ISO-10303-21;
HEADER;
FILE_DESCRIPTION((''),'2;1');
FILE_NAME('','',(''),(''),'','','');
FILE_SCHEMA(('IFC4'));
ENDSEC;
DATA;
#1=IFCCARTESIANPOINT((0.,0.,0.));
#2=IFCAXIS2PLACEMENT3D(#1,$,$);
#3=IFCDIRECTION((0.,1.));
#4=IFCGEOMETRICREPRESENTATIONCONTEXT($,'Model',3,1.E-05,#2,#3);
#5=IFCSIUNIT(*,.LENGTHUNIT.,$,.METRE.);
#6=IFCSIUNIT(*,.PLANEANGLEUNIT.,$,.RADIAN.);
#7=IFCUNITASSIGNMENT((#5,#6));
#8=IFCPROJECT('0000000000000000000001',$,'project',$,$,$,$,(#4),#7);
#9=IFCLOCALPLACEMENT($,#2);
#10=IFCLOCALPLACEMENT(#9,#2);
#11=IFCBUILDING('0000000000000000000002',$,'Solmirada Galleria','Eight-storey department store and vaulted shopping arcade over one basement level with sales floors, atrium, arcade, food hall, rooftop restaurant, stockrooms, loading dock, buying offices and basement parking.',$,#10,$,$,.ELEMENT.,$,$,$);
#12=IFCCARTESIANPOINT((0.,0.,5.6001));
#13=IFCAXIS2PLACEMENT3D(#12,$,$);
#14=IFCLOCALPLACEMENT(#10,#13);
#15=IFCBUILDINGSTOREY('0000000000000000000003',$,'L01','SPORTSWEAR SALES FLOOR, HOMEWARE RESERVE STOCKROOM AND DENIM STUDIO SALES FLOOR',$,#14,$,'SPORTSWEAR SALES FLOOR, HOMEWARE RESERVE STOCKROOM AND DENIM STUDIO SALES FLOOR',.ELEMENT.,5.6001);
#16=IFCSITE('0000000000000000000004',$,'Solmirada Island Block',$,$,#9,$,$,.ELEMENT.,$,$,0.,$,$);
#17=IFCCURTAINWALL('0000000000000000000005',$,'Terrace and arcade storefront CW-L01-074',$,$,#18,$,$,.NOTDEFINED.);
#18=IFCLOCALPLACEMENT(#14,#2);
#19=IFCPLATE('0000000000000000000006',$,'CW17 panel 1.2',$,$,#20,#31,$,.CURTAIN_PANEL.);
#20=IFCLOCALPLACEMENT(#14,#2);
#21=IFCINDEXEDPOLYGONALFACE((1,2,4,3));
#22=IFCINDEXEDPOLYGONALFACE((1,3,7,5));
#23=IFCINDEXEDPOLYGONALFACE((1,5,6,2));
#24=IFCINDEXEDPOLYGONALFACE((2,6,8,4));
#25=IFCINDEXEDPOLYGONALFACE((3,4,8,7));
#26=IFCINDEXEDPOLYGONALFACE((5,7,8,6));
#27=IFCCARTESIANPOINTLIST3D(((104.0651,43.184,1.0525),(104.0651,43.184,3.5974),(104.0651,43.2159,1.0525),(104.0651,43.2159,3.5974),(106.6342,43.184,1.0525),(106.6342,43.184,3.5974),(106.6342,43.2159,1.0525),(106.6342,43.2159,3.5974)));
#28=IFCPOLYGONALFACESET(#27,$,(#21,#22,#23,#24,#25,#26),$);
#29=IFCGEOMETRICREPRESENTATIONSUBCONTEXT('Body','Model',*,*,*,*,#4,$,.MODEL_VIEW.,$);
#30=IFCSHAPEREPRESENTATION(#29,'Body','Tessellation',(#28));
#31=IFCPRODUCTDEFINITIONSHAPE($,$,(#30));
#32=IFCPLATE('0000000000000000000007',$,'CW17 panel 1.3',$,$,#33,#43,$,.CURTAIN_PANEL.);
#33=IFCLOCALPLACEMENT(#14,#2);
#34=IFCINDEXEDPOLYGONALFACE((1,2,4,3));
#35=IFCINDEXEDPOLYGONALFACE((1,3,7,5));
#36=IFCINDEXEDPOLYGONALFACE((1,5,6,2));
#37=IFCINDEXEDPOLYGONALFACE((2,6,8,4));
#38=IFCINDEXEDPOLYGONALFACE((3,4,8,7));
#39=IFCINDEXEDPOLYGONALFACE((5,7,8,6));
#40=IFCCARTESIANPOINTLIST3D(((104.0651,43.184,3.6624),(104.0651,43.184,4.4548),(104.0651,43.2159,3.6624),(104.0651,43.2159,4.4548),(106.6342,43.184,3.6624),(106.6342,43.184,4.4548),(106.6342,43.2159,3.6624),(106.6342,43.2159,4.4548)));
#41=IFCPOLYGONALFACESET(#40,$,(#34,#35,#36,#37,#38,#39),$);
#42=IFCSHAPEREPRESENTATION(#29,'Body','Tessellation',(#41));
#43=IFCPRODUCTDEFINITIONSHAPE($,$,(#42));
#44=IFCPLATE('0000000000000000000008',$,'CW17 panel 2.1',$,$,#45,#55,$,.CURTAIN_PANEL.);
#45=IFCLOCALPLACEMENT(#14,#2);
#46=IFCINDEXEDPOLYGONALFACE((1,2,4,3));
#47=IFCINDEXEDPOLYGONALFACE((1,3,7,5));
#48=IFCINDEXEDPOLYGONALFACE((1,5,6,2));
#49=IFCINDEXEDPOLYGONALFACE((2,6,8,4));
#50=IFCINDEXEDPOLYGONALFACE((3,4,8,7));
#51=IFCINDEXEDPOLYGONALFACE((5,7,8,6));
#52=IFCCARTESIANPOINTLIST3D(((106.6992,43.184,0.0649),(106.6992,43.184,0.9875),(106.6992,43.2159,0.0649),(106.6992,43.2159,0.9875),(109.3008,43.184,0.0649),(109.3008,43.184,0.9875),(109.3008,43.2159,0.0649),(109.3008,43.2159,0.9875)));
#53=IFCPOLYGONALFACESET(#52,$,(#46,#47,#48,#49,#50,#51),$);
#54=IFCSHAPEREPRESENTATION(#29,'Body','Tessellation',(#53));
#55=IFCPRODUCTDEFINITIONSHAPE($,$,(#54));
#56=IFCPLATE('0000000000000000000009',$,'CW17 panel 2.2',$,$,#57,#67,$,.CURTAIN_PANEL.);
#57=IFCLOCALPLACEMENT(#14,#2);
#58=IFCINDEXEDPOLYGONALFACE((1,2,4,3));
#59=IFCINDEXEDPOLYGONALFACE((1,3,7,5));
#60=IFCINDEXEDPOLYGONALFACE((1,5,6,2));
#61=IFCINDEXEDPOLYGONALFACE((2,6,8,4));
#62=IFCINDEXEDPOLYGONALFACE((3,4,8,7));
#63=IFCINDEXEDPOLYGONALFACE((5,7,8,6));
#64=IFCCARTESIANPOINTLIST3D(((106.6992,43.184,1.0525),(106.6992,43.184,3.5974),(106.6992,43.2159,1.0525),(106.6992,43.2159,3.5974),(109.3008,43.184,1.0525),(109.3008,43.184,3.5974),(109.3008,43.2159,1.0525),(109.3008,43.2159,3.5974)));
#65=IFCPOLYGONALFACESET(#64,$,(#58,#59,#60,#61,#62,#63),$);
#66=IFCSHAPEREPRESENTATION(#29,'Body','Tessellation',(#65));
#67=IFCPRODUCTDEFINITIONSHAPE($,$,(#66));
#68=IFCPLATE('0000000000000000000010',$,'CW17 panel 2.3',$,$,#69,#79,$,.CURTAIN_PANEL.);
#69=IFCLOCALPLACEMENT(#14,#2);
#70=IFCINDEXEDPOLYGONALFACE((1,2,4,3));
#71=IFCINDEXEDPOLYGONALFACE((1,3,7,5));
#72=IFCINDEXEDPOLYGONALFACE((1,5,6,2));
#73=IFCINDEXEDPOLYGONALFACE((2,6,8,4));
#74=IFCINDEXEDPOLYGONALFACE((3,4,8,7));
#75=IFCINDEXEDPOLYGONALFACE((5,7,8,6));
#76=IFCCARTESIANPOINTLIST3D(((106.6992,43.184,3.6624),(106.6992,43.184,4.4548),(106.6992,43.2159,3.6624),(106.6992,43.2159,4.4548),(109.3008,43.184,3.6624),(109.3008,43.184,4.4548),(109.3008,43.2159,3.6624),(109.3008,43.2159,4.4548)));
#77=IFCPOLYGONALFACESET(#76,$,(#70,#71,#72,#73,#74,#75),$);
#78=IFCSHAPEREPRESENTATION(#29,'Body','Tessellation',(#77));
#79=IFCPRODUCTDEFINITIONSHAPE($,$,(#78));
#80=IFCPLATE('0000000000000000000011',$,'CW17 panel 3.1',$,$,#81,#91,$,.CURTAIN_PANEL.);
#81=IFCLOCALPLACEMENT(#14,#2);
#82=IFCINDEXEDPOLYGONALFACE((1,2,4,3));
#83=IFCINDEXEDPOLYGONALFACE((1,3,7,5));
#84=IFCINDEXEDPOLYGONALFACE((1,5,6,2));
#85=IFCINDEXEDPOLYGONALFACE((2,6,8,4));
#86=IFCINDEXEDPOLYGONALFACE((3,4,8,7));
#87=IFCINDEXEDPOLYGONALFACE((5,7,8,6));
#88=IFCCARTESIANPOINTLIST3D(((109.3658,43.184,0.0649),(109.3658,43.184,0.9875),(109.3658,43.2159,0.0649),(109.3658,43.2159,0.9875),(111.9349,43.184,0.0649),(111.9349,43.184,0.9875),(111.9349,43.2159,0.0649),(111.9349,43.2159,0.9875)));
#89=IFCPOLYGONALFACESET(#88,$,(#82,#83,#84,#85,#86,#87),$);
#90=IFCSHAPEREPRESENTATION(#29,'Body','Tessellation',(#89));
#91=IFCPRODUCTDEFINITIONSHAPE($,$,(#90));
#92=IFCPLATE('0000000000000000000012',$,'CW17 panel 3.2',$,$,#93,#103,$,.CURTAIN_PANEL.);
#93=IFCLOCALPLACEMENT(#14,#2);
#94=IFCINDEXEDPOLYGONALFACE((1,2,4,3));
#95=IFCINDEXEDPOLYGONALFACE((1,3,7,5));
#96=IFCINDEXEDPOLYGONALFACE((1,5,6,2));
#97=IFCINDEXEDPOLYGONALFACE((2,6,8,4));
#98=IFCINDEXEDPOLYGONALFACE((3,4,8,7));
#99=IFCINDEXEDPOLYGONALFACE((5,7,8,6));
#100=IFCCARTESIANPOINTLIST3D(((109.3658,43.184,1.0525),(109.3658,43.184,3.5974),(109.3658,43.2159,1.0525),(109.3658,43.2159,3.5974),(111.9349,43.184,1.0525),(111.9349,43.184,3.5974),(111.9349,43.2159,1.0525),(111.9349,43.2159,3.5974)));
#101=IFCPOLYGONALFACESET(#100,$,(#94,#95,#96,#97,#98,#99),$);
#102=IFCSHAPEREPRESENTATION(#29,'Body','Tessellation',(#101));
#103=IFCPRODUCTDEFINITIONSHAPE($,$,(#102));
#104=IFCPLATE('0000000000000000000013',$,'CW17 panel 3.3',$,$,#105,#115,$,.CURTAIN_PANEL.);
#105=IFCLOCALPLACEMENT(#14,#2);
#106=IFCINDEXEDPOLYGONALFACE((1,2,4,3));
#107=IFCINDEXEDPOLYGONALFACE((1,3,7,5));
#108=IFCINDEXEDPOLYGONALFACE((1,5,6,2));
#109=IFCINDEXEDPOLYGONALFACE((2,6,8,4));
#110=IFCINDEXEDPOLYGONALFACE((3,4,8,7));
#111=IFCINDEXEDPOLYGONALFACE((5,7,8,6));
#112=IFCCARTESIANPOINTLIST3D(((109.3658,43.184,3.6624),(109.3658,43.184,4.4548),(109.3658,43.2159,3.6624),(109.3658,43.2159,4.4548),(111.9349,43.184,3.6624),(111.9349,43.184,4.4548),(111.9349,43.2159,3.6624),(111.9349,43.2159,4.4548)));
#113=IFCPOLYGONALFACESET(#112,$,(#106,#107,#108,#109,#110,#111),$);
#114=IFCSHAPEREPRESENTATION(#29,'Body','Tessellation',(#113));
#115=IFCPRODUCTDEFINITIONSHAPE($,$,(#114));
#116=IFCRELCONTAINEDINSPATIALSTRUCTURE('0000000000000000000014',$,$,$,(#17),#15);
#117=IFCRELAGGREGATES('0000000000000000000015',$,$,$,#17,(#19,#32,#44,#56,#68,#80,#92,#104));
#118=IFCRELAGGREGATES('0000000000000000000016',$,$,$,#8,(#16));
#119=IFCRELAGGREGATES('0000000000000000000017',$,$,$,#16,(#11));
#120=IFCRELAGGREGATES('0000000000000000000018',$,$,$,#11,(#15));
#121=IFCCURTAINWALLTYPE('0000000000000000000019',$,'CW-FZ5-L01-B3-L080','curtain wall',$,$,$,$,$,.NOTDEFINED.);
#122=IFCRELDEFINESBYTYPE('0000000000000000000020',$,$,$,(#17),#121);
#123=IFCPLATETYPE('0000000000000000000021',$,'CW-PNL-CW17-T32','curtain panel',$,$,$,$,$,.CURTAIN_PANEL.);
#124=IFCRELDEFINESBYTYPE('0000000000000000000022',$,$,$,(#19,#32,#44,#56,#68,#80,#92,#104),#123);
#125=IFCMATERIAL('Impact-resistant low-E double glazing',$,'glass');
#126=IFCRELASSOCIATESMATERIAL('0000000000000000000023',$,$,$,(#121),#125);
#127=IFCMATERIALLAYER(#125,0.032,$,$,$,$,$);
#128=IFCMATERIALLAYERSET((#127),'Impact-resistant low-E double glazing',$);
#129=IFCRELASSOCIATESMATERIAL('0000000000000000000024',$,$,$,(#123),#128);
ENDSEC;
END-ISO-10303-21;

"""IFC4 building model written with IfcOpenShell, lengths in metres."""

from ifc_helpers import new_model, si_unit, direction, frame, origin, origin_2d, place, context, subcontext, project, spatial, rectangle, extrude, material, layer, layer_set, type_object, element, aggregate, save


model = new_model("IFC4")

# Units and contexts
model_context = context("Model", 3, precision=1e-05, world=origin(), true_north=direction((0.0, 1.0)))
body_context = subcontext(model_context, "Body", "Model", "MODEL_VIEW")
ifc_project = project(units=[si_unit("LENGTHUNIT", "METRE"), si_unit("PLANEANGLEUNIT", "RADIAN")], contexts=[model_context])

# Site, building, storey
site_placement = place(None, origin())
site = spatial("IfcSite", under=ifc_project, at=site_placement, Name="Solmirada Island Block", CompositionType="ELEMENT", RefElevation=0.0)
building_placement = place(site_placement, origin())
building = spatial("IfcBuilding", under=site, at=building_placement, Name="Solmirada Galleria", Description="Eight-storey department store and vaulted shopping arcade over one basement level with sales floors, atrium, arcade, food hall, rooftop restaurant, stockrooms, loading dock, buying offices and basement parking.", CompositionType="ELEMENT")
storey_placement = place(building_placement, frame((0.0, 0.0, 5.6001)))
storey = spatial("IfcBuildingStorey", under=building, at=storey_placement, Name="L01", Description="SPORTSWEAR SALES FLOOR, HOMEWARE RESERVE STOCKROOM AND DENIM STUDIO SALES FLOOR", LongName="SPORTSWEAR SALES FLOOR, HOMEWARE RESERVE STOCKROOM AND DENIM STUDIO SALES FLOOR", CompositionType="ELEMENT", Elevation=5.6001)

# Shared definitions
ifc_material_1 = material(Name="Impact-resistant low-E double glazing", Category="glass")

# Curtain wall
curtain_wall_type_1 = type_object("IfcCurtainWallType", Name="CW-FZ5-L01-B3-L080", Description="curtain wall", PredefinedType="NOTDEFINED", material=ifc_material_1)
curtain_wall_1_placement = place(storey_placement, origin())
curtain_wall_1 = element("IfcCurtainWall", 1, at=curtain_wall_1_placement, inside=storey, type_object=curtain_wall_type_1, Name="Terrace and arcade storefront CW-L01-074", PredefinedType="NOTDEFINED")

# Plates
ifc_layer_1 = layer(ifc_material_1, 0.032)
ifc_layer_set_1 = layer_set([ifc_layer_1], Name="Impact-resistant low-E double glazing")
plate_type_1 = type_object("IfcPlateType", Name="CW-PNL-CW17-T32", Description="curtain panel", PredefinedType="CURTAIN_PANEL", material=ifc_layer_set_1)
plate_1_placement = place(storey_placement, frame((105.3496, 43.2, 1.0525), z_axis=(0.0, 0.0, 1.0), x_axis=(1.0, 0.0, 0.0)))
plate_1 = element("IfcPlate", 2, at=plate_1_placement, type_object=plate_type_1, Name="CW17 panel 1.2", PredefinedType="CURTAIN_PANEL", context=body_context, shape_type="SweptSolid", body=[
    extrude(rectangle(XDim=2.5691, YDim=0.032, at=origin_2d()), origin(), (0.0, 0.0, 1.0), 2.5449),
])
plate_2_placement = place(storey_placement, frame((105.3496, 43.2, 3.6624), z_axis=(0.0, 0.0, 1.0), x_axis=(1.0, 0.0, 0.0)))
plate_2 = element("IfcPlate", 3, at=plate_2_placement, type_object=plate_type_1, Name="CW17 panel 1.3", PredefinedType="CURTAIN_PANEL", context=body_context, shape_type="SweptSolid", body=[
    extrude(rectangle(XDim=2.5691, YDim=0.032, at=origin_2d()), origin(), (0.0, 0.0, 1.0), 0.7925),
])
plate_3_placement = place(storey_placement, frame((108.0, 43.2, 0.0649), z_axis=(0.0, 0.0, 1.0), x_axis=(1.0, 0.0, 0.0)))
plate_3 = element("IfcPlate", 4, at=plate_3_placement, type_object=plate_type_1, Name="CW17 panel 2.1", PredefinedType="CURTAIN_PANEL", context=body_context, shape_type="SweptSolid", body=[
    extrude(rectangle(XDim=2.6016, YDim=0.032, at=origin_2d()), origin(), (0.0, 0.0, 1.0), 0.9226),
])
plate_4_placement = place(storey_placement, frame((108.0, 43.2, 1.0525), z_axis=(0.0, 0.0, 1.0), x_axis=(1.0, 0.0, 0.0)))
plate_4 = element("IfcPlate", 5, at=plate_4_placement, type_object=plate_type_1, Name="CW17 panel 2.2", PredefinedType="CURTAIN_PANEL", context=body_context, shape_type="SweptSolid", body=[
    extrude(rectangle(XDim=2.6016, YDim=0.032, at=origin_2d()), origin(), (0.0, 0.0, 1.0), 2.5449),
])
plate_5_placement = place(storey_placement, frame((108.0, 43.2, 3.6624), z_axis=(0.0, 0.0, 1.0), x_axis=(1.0, 0.0, 0.0)))
plate_5 = element("IfcPlate", 6, at=plate_5_placement, type_object=plate_type_1, Name="CW17 panel 2.3", PredefinedType="CURTAIN_PANEL", context=body_context, shape_type="SweptSolid", body=[
    extrude(rectangle(XDim=2.6016, YDim=0.032, at=origin_2d()), origin(), (0.0, 0.0, 1.0), 0.7925),
])
plate_6_placement = place(storey_placement, frame((110.6504, 43.2, 0.0649), z_axis=(0.0, 0.0, 1.0), x_axis=(1.0, 0.0, 0.0)))
plate_6 = element("IfcPlate", 7, at=plate_6_placement, type_object=plate_type_1, Name="CW17 panel 3.1", PredefinedType="CURTAIN_PANEL", context=body_context, shape_type="SweptSolid", body=[
    extrude(rectangle(XDim=2.5691, YDim=0.032, at=origin_2d()), origin(), (0.0, 0.0, 1.0), 0.9226),
])
plate_7_placement = place(storey_placement, frame((110.6504, 43.2, 1.0525), z_axis=(0.0, 0.0, 1.0), x_axis=(1.0, 0.0, 0.0)))
plate_7 = element("IfcPlate", 8, at=plate_7_placement, type_object=plate_type_1, Name="CW17 panel 3.2", PredefinedType="CURTAIN_PANEL", context=body_context, shape_type="SweptSolid", body=[
    extrude(rectangle(XDim=2.5691, YDim=0.032, at=origin_2d()), origin(), (0.0, 0.0, 1.0), 2.5449),
])
plate_8_placement = place(storey_placement, frame((110.6504, 43.2, 3.6624), z_axis=(0.0, 0.0, 1.0), x_axis=(1.0, 0.0, 0.0)))
plate_8 = element("IfcPlate", 9, at=plate_8_placement, type_object=plate_type_1, Name="CW17 panel 3.3", PredefinedType="CURTAIN_PANEL", context=body_context, shape_type="SweptSolid", body=[
    extrude(rectangle(XDim=2.5691, YDim=0.032, at=origin_2d()), origin(), (0.0, 0.0, 1.0), 0.7925),
])
aggregate(curtain_wall_1, [plate_1, plate_2, plate_3, plate_4, plate_5, plate_6, plate_7, plate_8])

save(model, "model.ifc")
